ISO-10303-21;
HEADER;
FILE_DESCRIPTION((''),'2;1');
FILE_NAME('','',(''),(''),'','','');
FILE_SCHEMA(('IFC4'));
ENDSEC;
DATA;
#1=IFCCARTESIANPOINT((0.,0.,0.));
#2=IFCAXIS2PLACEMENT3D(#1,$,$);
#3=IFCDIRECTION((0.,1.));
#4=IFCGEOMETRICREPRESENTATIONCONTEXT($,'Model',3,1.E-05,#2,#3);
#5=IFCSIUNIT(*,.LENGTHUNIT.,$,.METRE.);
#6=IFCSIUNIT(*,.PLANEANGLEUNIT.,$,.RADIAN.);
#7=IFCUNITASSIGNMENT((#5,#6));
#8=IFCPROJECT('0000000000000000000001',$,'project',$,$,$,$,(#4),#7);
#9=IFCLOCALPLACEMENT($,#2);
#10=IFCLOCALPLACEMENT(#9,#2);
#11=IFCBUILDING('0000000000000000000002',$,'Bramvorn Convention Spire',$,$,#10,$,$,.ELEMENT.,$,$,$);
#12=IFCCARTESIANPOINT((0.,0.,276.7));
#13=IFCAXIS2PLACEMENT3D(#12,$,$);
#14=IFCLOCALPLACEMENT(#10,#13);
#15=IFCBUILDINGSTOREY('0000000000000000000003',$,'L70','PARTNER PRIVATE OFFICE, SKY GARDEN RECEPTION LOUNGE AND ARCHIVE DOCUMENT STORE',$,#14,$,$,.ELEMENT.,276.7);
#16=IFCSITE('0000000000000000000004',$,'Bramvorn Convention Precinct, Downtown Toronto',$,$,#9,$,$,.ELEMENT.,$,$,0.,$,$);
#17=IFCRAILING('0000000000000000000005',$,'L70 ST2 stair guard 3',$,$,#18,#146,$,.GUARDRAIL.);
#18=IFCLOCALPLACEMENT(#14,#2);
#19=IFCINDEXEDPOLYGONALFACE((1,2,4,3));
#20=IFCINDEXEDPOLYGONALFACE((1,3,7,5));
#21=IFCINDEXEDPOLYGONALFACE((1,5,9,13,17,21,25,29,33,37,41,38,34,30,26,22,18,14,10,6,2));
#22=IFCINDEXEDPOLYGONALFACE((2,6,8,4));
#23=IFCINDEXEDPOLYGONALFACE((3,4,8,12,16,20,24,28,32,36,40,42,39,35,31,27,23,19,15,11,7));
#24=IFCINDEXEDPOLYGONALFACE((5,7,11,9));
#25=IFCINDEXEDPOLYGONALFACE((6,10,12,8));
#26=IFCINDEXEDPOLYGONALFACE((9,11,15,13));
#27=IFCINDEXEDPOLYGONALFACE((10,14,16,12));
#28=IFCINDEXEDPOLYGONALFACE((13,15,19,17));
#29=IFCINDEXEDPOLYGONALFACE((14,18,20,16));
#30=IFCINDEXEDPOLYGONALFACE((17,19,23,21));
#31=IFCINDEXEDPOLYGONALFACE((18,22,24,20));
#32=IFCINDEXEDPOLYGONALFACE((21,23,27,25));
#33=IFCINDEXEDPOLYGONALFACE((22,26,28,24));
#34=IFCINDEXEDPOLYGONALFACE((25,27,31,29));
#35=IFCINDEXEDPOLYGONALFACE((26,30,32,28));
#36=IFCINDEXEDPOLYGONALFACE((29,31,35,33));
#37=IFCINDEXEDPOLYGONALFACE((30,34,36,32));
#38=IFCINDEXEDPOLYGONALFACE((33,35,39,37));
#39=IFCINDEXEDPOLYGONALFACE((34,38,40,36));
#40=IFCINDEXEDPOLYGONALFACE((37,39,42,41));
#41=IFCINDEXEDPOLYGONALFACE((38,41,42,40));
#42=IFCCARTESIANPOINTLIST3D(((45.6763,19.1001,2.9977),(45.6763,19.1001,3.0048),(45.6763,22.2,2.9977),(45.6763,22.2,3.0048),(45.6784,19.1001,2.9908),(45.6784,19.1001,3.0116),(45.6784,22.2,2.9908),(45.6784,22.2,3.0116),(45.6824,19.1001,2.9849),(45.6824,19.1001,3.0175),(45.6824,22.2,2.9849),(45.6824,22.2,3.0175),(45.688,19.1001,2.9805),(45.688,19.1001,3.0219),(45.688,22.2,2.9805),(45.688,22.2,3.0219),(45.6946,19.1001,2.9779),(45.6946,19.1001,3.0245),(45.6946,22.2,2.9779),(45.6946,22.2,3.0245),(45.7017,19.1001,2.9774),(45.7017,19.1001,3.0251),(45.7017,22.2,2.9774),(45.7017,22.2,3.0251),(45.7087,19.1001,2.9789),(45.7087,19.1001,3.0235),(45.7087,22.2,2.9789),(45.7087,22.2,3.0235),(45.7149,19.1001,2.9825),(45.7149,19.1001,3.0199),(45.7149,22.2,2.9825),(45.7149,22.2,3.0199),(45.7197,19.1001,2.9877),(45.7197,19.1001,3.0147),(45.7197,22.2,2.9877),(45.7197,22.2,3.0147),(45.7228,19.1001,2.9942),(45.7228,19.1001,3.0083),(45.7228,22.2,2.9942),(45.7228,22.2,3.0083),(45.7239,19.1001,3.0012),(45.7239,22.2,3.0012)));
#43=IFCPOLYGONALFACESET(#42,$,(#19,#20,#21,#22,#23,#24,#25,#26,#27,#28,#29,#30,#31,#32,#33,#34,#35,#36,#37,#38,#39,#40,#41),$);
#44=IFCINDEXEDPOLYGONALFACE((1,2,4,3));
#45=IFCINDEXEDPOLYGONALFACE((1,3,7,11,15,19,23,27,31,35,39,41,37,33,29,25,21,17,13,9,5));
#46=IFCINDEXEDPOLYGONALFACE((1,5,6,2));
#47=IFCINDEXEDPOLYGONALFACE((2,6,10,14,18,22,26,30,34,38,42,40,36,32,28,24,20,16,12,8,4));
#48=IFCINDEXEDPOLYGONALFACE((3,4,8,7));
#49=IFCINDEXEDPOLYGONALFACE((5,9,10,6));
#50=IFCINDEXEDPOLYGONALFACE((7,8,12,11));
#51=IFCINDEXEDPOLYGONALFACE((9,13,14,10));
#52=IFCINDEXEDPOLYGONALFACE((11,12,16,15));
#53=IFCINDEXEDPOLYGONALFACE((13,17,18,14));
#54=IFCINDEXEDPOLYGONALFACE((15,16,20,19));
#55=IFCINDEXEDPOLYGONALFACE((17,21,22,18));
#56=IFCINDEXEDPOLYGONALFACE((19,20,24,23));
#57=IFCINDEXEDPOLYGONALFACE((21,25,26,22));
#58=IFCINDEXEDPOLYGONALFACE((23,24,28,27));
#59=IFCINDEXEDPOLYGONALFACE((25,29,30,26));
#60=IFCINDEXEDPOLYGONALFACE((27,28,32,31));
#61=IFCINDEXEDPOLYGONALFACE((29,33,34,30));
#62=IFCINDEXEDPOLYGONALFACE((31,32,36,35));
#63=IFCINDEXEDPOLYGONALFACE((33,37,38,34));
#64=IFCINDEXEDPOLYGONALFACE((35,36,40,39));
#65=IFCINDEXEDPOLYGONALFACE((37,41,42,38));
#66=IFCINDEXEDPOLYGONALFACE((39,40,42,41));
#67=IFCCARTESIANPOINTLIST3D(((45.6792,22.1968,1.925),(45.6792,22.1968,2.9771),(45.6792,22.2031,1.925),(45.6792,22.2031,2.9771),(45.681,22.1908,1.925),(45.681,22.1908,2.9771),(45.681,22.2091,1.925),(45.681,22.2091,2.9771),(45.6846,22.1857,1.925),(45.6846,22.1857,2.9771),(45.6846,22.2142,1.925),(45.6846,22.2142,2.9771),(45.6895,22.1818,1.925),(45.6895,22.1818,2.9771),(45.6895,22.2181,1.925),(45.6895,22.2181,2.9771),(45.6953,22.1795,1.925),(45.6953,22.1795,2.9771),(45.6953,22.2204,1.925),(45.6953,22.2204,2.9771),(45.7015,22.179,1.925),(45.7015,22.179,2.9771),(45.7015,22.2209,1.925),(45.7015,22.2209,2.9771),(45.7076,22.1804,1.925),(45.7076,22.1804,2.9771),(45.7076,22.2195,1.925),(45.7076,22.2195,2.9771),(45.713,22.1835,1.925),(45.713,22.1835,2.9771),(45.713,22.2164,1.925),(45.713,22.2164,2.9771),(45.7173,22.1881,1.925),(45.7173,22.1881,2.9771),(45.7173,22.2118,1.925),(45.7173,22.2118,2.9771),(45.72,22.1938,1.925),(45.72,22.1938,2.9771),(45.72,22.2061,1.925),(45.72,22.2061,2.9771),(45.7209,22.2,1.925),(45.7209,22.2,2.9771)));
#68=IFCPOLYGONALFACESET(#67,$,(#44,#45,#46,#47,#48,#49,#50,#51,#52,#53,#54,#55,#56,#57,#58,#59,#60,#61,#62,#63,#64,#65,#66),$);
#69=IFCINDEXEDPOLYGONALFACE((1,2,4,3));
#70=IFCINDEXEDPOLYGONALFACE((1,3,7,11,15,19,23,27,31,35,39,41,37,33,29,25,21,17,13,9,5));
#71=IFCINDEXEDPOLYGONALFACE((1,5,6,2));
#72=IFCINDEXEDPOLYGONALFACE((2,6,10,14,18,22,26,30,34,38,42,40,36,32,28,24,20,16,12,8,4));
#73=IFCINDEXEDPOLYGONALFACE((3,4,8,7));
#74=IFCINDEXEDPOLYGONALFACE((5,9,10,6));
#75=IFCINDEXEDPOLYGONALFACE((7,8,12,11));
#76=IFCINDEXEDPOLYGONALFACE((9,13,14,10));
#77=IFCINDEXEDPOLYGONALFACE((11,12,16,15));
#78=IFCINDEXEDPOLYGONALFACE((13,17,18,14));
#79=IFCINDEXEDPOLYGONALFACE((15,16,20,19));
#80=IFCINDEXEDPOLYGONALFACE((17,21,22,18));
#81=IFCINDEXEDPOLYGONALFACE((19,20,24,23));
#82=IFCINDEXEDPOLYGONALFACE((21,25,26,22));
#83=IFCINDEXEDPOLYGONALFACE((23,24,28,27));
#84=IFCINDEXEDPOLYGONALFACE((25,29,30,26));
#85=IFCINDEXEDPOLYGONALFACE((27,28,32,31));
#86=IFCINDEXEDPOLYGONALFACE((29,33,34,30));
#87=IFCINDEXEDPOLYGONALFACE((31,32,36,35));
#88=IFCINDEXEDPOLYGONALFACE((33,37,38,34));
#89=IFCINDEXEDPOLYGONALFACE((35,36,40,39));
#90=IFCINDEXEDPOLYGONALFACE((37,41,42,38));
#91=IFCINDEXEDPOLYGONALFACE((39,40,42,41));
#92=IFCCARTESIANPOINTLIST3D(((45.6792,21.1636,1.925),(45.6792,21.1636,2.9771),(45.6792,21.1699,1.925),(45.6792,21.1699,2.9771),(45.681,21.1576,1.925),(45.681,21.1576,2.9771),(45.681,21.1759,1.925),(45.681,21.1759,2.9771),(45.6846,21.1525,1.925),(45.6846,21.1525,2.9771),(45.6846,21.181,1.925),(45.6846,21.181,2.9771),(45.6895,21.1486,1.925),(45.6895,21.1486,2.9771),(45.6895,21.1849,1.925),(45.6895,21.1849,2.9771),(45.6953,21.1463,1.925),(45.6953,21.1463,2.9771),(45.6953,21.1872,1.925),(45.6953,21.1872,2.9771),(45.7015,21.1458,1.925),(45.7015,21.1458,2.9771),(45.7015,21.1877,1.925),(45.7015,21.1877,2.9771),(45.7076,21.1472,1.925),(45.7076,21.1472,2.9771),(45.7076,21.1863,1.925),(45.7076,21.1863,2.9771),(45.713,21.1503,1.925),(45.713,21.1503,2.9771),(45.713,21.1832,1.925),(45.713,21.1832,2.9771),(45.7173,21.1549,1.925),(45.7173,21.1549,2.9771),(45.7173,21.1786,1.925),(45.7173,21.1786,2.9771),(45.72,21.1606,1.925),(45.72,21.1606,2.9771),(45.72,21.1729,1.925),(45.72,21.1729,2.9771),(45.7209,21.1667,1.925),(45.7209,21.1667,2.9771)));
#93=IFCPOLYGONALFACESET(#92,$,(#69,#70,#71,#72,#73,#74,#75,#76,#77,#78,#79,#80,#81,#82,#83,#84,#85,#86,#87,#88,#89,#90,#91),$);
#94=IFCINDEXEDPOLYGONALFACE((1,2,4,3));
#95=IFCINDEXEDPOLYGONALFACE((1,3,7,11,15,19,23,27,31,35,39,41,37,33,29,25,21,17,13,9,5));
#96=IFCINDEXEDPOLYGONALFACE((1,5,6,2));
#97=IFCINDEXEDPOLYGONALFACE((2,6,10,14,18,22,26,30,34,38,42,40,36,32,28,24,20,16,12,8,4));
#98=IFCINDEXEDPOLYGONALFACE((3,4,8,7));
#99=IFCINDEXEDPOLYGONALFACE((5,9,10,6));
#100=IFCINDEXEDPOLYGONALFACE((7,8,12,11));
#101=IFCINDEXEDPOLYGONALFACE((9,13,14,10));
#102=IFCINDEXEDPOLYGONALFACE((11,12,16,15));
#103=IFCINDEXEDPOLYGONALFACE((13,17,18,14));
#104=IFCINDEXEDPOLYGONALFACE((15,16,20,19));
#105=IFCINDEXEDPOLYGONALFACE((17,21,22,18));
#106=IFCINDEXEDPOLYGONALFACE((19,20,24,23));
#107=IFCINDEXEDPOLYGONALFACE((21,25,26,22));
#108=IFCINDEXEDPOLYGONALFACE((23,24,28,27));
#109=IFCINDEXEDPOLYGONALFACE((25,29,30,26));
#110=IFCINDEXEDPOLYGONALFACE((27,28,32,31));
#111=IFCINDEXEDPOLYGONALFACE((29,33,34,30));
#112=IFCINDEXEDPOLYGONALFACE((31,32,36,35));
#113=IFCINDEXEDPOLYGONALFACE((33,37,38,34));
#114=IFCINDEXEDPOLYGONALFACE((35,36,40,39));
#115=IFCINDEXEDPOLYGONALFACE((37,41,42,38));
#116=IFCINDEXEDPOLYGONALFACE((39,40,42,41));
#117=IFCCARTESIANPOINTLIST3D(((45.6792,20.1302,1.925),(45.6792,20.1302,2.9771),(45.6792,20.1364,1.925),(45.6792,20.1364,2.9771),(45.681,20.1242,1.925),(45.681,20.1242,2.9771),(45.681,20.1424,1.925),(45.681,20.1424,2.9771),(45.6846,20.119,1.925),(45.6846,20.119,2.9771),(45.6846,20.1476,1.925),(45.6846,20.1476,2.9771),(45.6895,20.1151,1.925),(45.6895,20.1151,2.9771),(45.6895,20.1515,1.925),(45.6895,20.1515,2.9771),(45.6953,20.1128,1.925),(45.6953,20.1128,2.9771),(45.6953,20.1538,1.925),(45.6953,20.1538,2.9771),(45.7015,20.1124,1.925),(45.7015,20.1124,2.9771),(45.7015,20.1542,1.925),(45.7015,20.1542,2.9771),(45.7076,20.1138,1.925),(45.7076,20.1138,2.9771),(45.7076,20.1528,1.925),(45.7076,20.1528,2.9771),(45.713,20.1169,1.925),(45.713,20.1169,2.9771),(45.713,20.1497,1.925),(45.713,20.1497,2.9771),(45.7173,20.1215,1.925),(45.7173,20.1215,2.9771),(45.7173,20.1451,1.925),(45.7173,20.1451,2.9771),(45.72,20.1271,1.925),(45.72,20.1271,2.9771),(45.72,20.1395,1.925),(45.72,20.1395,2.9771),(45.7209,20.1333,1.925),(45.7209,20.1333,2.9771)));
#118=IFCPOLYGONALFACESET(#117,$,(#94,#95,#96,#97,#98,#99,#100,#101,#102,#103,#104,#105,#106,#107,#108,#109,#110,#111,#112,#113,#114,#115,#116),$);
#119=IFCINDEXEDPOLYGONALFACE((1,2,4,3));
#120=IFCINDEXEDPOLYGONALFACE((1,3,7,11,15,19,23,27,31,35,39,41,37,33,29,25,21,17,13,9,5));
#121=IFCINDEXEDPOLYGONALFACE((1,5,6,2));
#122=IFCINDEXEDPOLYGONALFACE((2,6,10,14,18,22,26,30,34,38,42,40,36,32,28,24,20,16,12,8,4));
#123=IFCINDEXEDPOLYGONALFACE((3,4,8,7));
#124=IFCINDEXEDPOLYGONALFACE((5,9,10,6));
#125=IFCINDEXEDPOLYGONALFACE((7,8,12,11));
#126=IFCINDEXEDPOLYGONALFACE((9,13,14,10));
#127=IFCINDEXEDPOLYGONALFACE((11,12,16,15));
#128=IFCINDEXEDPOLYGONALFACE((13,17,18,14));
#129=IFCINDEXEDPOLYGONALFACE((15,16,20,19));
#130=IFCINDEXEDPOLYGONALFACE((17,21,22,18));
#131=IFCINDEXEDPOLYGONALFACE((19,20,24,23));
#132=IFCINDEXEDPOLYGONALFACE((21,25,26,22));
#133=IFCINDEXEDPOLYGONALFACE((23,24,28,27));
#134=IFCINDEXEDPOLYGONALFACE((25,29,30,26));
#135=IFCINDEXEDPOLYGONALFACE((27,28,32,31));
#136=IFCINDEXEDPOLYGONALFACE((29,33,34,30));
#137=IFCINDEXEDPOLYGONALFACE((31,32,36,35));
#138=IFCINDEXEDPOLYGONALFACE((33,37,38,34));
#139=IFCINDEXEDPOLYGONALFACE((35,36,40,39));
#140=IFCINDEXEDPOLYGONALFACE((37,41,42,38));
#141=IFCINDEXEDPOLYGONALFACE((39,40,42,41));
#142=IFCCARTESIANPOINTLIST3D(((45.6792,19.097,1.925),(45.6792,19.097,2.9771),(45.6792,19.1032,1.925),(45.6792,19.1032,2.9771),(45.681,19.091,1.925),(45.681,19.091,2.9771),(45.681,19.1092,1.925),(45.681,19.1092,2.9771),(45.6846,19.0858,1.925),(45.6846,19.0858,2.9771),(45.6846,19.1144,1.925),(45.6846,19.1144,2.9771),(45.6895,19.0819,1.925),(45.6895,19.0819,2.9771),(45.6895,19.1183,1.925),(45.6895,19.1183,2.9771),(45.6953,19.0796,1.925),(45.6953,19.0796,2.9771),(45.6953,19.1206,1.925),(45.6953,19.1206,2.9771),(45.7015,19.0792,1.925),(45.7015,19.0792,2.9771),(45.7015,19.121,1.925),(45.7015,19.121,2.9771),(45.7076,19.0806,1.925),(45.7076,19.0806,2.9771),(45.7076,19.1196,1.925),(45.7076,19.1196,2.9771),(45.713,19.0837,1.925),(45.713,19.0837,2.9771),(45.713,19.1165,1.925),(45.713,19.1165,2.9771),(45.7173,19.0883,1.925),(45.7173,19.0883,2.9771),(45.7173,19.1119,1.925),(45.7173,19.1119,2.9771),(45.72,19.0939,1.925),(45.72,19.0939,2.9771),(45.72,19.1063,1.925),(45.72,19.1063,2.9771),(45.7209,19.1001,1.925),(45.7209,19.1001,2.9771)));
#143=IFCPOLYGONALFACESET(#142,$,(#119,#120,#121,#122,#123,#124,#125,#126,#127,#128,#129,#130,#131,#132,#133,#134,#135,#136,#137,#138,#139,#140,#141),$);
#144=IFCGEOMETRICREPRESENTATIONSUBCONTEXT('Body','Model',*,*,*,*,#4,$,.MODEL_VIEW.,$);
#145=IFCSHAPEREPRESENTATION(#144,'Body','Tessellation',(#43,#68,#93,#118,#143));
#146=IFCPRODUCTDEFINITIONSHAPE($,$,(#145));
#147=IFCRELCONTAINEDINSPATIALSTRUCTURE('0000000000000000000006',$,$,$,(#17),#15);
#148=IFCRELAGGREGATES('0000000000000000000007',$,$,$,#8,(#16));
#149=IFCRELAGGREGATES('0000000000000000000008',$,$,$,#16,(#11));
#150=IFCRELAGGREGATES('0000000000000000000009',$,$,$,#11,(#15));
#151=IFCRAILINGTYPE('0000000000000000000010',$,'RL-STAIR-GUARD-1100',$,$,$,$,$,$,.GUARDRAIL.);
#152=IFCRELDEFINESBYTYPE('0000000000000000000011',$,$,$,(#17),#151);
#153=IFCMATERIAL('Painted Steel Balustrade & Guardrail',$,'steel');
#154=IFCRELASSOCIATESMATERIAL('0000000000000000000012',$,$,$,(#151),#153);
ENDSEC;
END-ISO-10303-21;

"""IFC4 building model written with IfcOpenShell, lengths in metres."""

from ifc_helpers import new_model, si_unit, direction, frame, origin, origin_2d, place, context, subcontext, project, spatial, circle, extrude, material, type_object, element, save


model = new_model("IFC4")

# Units and contexts
model_context = context("Model", 3, precision=1e-05, world=origin(), true_north=direction((0.0, 1.0)))
body_context = subcontext(model_context, "Body", "Model", "MODEL_VIEW")
ifc_project = project(units=[si_unit("LENGTHUNIT", "METRE"), si_unit("PLANEANGLEUNIT", "RADIAN")], contexts=[model_context])

# Site, building, storey
site_placement = place(None, origin())
site = spatial("IfcSite", under=ifc_project, at=site_placement, Name="Bramvorn Convention Precinct, Downtown Toronto", CompositionType="ELEMENT", RefElevation=0.0)
building_placement = place(site_placement, origin())
building = spatial("IfcBuilding", under=site, at=building_placement, Name="Bramvorn Convention Spire", CompositionType="ELEMENT")
storey_placement = place(building_placement, frame((0.0, 0.0, 276.7)))
storey = spatial("IfcBuildingStorey", under=building, at=storey_placement, Name="L70", Description="PARTNER PRIVATE OFFICE, SKY GARDEN RECEPTION LOUNGE AND ARCHIVE DOCUMENT STORE", CompositionType="ELEMENT", Elevation=276.7)

# Railing
ifc_material_1 = material(Name="Painted Steel Balustrade & Guardrail", Category="steel")
railing_type_1 = type_object("IfcRailingType", Name="RL-STAIR-GUARD-1100", PredefinedType="GUARDRAIL", material=ifc_material_1)
railing_1_placement = place(storey_placement, frame((45.7, 22.2, 1.925)))
element("IfcRailing", 1, at=railing_1_placement, inside=storey, type_object=railing_type_1, Name="L70 ST2 stair guard 3", PredefinedType="GUARDRAIL", context=body_context, shape_type="SweptSolid", body=[
    extrude(circle(Radius=0.0239, at=origin_2d()), frame((0.0, 0.0, 1.0762), z_axis=(0.0, -1.0, 0.0), x_axis=(1.0, 0.0, 0.0)), (0.0, 0.0, 1.0), 3.0999),
    extrude(circle(Radius=0.021, at=origin_2d()), origin(), (0.0, 0.0, 1.0), 1.052),
    extrude(circle(Radius=0.021, at=origin_2d()), frame((0.0, -1.0332, 0.0)), (0.0, 0.0, 1.0), 1.052),
    extrude(circle(Radius=0.021, at=origin_2d()), frame((0.0, -2.0667, 0.0)), (0.0, 0.0, 1.0), 1.052),
    extrude(circle(Radius=0.021, at=origin_2d()), frame((0.0, -3.0999, 0.0)), (0.0, 0.0, 1.0), 1.052),
])

save(model, "model.ifc")
